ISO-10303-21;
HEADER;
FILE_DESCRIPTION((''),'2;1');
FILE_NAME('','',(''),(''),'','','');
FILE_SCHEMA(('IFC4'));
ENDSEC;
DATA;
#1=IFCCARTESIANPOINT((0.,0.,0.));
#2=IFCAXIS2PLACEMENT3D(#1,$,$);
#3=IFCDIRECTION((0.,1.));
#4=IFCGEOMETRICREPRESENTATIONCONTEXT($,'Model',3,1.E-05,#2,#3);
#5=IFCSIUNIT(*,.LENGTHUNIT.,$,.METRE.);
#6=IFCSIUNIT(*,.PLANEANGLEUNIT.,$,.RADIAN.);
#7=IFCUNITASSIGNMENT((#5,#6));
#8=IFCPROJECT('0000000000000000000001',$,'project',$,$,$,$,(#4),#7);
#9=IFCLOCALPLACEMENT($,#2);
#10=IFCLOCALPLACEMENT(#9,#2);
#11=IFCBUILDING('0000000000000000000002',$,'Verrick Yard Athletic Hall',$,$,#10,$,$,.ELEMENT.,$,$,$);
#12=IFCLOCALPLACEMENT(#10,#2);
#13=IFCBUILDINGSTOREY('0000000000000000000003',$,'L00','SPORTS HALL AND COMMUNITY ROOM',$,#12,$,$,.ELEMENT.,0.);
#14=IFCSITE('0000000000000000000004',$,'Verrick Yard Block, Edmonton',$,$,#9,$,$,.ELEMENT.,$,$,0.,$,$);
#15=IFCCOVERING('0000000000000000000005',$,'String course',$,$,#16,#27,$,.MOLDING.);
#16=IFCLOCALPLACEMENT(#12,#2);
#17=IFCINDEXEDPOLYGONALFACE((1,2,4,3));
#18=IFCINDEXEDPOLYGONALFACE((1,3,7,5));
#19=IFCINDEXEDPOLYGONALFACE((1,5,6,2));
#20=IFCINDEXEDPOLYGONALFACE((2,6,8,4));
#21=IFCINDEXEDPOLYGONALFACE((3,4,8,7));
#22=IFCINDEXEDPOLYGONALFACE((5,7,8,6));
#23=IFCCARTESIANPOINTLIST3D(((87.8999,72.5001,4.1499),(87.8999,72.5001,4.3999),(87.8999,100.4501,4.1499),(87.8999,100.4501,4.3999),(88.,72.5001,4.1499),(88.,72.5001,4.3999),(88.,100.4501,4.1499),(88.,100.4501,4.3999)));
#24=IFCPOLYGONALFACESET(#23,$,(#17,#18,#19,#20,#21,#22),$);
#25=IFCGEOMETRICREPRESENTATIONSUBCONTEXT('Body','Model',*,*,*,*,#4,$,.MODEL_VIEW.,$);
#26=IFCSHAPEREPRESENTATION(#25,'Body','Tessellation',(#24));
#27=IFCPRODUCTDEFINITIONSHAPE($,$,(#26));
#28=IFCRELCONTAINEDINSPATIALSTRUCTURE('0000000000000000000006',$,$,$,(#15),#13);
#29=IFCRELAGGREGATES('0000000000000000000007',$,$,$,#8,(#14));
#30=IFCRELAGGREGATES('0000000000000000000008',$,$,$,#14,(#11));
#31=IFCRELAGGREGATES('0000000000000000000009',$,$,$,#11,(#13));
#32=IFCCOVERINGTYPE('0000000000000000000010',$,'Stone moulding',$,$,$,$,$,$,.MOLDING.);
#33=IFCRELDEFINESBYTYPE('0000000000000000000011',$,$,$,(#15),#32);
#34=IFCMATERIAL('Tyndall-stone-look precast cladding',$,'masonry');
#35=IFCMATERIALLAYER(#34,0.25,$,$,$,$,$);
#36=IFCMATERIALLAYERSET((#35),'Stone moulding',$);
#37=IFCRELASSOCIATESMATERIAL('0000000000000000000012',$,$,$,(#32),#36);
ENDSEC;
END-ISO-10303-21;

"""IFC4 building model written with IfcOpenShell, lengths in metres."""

from ifc_helpers import new_model, si_unit, direction, frame, origin, origin_2d, place, context, subcontext, project, spatial, rectangle, extrude, material, layer, layer_set, type_object, element, save


model = new_model("IFC4")

# Units and contexts
model_context = context("Model", 3, precision=1e-05, world=origin(), true_north=direction((0.0, 1.0)))
body_context = subcontext(model_context, "Body", "Model", "MODEL_VIEW")
ifc_project = project(units=[si_unit("LENGTHUNIT", "METRE"), si_unit("PLANEANGLEUNIT", "RADIAN")], contexts=[model_context])

# Site, building, storey
site_placement = place(None, origin())
site = spatial("IfcSite", under=ifc_project, at=site_placement, Name="Verrick Yard Block, Edmonton", CompositionType="ELEMENT", RefElevation=0.0)
building_placement = place(site_placement, origin())
building = spatial("IfcBuilding", under=site, at=building_placement, Name="Verrick Yard Athletic Hall", CompositionType="ELEMENT")
storey_placement = place(building_placement, origin())
storey = spatial("IfcBuildingStorey", under=building, at=storey_placement, Name="L00", Description="SPORTS HALL AND COMMUNITY ROOM", CompositionType="ELEMENT", Elevation=0.0)

# Covering
ifc_material_1 = material(Name="Tyndall-stone-look precast cladding", Category="masonry")
ifc_layer_1 = layer(ifc_material_1, 0.25)
ifc_layer_set_1 = layer_set([ifc_layer_1], Name="Stone moulding")
covering_type_1 = type_object("IfcCoveringType", Name="Stone moulding", PredefinedType="MOLDING", material=ifc_layer_set_1)
covering_placement = place(storey_placement, frame((87.95, 86.4751, 4.1499), z_axis=(0.0, 0.0, 1.0), x_axis=(0.0, 1.0, 0.0)))
element("IfcCovering", 1, at=covering_placement, inside=storey, type_object=covering_type_1, Name="String course", PredefinedType="MOLDING", context=body_context, shape_type="SweptSolid", body=[
    extrude(rectangle(XDim=27.95, YDim=0.1001, at=origin_2d()), origin(), (0.0, 0.0, 1.0), 0.25),
])

save(model, "model.ifc")
